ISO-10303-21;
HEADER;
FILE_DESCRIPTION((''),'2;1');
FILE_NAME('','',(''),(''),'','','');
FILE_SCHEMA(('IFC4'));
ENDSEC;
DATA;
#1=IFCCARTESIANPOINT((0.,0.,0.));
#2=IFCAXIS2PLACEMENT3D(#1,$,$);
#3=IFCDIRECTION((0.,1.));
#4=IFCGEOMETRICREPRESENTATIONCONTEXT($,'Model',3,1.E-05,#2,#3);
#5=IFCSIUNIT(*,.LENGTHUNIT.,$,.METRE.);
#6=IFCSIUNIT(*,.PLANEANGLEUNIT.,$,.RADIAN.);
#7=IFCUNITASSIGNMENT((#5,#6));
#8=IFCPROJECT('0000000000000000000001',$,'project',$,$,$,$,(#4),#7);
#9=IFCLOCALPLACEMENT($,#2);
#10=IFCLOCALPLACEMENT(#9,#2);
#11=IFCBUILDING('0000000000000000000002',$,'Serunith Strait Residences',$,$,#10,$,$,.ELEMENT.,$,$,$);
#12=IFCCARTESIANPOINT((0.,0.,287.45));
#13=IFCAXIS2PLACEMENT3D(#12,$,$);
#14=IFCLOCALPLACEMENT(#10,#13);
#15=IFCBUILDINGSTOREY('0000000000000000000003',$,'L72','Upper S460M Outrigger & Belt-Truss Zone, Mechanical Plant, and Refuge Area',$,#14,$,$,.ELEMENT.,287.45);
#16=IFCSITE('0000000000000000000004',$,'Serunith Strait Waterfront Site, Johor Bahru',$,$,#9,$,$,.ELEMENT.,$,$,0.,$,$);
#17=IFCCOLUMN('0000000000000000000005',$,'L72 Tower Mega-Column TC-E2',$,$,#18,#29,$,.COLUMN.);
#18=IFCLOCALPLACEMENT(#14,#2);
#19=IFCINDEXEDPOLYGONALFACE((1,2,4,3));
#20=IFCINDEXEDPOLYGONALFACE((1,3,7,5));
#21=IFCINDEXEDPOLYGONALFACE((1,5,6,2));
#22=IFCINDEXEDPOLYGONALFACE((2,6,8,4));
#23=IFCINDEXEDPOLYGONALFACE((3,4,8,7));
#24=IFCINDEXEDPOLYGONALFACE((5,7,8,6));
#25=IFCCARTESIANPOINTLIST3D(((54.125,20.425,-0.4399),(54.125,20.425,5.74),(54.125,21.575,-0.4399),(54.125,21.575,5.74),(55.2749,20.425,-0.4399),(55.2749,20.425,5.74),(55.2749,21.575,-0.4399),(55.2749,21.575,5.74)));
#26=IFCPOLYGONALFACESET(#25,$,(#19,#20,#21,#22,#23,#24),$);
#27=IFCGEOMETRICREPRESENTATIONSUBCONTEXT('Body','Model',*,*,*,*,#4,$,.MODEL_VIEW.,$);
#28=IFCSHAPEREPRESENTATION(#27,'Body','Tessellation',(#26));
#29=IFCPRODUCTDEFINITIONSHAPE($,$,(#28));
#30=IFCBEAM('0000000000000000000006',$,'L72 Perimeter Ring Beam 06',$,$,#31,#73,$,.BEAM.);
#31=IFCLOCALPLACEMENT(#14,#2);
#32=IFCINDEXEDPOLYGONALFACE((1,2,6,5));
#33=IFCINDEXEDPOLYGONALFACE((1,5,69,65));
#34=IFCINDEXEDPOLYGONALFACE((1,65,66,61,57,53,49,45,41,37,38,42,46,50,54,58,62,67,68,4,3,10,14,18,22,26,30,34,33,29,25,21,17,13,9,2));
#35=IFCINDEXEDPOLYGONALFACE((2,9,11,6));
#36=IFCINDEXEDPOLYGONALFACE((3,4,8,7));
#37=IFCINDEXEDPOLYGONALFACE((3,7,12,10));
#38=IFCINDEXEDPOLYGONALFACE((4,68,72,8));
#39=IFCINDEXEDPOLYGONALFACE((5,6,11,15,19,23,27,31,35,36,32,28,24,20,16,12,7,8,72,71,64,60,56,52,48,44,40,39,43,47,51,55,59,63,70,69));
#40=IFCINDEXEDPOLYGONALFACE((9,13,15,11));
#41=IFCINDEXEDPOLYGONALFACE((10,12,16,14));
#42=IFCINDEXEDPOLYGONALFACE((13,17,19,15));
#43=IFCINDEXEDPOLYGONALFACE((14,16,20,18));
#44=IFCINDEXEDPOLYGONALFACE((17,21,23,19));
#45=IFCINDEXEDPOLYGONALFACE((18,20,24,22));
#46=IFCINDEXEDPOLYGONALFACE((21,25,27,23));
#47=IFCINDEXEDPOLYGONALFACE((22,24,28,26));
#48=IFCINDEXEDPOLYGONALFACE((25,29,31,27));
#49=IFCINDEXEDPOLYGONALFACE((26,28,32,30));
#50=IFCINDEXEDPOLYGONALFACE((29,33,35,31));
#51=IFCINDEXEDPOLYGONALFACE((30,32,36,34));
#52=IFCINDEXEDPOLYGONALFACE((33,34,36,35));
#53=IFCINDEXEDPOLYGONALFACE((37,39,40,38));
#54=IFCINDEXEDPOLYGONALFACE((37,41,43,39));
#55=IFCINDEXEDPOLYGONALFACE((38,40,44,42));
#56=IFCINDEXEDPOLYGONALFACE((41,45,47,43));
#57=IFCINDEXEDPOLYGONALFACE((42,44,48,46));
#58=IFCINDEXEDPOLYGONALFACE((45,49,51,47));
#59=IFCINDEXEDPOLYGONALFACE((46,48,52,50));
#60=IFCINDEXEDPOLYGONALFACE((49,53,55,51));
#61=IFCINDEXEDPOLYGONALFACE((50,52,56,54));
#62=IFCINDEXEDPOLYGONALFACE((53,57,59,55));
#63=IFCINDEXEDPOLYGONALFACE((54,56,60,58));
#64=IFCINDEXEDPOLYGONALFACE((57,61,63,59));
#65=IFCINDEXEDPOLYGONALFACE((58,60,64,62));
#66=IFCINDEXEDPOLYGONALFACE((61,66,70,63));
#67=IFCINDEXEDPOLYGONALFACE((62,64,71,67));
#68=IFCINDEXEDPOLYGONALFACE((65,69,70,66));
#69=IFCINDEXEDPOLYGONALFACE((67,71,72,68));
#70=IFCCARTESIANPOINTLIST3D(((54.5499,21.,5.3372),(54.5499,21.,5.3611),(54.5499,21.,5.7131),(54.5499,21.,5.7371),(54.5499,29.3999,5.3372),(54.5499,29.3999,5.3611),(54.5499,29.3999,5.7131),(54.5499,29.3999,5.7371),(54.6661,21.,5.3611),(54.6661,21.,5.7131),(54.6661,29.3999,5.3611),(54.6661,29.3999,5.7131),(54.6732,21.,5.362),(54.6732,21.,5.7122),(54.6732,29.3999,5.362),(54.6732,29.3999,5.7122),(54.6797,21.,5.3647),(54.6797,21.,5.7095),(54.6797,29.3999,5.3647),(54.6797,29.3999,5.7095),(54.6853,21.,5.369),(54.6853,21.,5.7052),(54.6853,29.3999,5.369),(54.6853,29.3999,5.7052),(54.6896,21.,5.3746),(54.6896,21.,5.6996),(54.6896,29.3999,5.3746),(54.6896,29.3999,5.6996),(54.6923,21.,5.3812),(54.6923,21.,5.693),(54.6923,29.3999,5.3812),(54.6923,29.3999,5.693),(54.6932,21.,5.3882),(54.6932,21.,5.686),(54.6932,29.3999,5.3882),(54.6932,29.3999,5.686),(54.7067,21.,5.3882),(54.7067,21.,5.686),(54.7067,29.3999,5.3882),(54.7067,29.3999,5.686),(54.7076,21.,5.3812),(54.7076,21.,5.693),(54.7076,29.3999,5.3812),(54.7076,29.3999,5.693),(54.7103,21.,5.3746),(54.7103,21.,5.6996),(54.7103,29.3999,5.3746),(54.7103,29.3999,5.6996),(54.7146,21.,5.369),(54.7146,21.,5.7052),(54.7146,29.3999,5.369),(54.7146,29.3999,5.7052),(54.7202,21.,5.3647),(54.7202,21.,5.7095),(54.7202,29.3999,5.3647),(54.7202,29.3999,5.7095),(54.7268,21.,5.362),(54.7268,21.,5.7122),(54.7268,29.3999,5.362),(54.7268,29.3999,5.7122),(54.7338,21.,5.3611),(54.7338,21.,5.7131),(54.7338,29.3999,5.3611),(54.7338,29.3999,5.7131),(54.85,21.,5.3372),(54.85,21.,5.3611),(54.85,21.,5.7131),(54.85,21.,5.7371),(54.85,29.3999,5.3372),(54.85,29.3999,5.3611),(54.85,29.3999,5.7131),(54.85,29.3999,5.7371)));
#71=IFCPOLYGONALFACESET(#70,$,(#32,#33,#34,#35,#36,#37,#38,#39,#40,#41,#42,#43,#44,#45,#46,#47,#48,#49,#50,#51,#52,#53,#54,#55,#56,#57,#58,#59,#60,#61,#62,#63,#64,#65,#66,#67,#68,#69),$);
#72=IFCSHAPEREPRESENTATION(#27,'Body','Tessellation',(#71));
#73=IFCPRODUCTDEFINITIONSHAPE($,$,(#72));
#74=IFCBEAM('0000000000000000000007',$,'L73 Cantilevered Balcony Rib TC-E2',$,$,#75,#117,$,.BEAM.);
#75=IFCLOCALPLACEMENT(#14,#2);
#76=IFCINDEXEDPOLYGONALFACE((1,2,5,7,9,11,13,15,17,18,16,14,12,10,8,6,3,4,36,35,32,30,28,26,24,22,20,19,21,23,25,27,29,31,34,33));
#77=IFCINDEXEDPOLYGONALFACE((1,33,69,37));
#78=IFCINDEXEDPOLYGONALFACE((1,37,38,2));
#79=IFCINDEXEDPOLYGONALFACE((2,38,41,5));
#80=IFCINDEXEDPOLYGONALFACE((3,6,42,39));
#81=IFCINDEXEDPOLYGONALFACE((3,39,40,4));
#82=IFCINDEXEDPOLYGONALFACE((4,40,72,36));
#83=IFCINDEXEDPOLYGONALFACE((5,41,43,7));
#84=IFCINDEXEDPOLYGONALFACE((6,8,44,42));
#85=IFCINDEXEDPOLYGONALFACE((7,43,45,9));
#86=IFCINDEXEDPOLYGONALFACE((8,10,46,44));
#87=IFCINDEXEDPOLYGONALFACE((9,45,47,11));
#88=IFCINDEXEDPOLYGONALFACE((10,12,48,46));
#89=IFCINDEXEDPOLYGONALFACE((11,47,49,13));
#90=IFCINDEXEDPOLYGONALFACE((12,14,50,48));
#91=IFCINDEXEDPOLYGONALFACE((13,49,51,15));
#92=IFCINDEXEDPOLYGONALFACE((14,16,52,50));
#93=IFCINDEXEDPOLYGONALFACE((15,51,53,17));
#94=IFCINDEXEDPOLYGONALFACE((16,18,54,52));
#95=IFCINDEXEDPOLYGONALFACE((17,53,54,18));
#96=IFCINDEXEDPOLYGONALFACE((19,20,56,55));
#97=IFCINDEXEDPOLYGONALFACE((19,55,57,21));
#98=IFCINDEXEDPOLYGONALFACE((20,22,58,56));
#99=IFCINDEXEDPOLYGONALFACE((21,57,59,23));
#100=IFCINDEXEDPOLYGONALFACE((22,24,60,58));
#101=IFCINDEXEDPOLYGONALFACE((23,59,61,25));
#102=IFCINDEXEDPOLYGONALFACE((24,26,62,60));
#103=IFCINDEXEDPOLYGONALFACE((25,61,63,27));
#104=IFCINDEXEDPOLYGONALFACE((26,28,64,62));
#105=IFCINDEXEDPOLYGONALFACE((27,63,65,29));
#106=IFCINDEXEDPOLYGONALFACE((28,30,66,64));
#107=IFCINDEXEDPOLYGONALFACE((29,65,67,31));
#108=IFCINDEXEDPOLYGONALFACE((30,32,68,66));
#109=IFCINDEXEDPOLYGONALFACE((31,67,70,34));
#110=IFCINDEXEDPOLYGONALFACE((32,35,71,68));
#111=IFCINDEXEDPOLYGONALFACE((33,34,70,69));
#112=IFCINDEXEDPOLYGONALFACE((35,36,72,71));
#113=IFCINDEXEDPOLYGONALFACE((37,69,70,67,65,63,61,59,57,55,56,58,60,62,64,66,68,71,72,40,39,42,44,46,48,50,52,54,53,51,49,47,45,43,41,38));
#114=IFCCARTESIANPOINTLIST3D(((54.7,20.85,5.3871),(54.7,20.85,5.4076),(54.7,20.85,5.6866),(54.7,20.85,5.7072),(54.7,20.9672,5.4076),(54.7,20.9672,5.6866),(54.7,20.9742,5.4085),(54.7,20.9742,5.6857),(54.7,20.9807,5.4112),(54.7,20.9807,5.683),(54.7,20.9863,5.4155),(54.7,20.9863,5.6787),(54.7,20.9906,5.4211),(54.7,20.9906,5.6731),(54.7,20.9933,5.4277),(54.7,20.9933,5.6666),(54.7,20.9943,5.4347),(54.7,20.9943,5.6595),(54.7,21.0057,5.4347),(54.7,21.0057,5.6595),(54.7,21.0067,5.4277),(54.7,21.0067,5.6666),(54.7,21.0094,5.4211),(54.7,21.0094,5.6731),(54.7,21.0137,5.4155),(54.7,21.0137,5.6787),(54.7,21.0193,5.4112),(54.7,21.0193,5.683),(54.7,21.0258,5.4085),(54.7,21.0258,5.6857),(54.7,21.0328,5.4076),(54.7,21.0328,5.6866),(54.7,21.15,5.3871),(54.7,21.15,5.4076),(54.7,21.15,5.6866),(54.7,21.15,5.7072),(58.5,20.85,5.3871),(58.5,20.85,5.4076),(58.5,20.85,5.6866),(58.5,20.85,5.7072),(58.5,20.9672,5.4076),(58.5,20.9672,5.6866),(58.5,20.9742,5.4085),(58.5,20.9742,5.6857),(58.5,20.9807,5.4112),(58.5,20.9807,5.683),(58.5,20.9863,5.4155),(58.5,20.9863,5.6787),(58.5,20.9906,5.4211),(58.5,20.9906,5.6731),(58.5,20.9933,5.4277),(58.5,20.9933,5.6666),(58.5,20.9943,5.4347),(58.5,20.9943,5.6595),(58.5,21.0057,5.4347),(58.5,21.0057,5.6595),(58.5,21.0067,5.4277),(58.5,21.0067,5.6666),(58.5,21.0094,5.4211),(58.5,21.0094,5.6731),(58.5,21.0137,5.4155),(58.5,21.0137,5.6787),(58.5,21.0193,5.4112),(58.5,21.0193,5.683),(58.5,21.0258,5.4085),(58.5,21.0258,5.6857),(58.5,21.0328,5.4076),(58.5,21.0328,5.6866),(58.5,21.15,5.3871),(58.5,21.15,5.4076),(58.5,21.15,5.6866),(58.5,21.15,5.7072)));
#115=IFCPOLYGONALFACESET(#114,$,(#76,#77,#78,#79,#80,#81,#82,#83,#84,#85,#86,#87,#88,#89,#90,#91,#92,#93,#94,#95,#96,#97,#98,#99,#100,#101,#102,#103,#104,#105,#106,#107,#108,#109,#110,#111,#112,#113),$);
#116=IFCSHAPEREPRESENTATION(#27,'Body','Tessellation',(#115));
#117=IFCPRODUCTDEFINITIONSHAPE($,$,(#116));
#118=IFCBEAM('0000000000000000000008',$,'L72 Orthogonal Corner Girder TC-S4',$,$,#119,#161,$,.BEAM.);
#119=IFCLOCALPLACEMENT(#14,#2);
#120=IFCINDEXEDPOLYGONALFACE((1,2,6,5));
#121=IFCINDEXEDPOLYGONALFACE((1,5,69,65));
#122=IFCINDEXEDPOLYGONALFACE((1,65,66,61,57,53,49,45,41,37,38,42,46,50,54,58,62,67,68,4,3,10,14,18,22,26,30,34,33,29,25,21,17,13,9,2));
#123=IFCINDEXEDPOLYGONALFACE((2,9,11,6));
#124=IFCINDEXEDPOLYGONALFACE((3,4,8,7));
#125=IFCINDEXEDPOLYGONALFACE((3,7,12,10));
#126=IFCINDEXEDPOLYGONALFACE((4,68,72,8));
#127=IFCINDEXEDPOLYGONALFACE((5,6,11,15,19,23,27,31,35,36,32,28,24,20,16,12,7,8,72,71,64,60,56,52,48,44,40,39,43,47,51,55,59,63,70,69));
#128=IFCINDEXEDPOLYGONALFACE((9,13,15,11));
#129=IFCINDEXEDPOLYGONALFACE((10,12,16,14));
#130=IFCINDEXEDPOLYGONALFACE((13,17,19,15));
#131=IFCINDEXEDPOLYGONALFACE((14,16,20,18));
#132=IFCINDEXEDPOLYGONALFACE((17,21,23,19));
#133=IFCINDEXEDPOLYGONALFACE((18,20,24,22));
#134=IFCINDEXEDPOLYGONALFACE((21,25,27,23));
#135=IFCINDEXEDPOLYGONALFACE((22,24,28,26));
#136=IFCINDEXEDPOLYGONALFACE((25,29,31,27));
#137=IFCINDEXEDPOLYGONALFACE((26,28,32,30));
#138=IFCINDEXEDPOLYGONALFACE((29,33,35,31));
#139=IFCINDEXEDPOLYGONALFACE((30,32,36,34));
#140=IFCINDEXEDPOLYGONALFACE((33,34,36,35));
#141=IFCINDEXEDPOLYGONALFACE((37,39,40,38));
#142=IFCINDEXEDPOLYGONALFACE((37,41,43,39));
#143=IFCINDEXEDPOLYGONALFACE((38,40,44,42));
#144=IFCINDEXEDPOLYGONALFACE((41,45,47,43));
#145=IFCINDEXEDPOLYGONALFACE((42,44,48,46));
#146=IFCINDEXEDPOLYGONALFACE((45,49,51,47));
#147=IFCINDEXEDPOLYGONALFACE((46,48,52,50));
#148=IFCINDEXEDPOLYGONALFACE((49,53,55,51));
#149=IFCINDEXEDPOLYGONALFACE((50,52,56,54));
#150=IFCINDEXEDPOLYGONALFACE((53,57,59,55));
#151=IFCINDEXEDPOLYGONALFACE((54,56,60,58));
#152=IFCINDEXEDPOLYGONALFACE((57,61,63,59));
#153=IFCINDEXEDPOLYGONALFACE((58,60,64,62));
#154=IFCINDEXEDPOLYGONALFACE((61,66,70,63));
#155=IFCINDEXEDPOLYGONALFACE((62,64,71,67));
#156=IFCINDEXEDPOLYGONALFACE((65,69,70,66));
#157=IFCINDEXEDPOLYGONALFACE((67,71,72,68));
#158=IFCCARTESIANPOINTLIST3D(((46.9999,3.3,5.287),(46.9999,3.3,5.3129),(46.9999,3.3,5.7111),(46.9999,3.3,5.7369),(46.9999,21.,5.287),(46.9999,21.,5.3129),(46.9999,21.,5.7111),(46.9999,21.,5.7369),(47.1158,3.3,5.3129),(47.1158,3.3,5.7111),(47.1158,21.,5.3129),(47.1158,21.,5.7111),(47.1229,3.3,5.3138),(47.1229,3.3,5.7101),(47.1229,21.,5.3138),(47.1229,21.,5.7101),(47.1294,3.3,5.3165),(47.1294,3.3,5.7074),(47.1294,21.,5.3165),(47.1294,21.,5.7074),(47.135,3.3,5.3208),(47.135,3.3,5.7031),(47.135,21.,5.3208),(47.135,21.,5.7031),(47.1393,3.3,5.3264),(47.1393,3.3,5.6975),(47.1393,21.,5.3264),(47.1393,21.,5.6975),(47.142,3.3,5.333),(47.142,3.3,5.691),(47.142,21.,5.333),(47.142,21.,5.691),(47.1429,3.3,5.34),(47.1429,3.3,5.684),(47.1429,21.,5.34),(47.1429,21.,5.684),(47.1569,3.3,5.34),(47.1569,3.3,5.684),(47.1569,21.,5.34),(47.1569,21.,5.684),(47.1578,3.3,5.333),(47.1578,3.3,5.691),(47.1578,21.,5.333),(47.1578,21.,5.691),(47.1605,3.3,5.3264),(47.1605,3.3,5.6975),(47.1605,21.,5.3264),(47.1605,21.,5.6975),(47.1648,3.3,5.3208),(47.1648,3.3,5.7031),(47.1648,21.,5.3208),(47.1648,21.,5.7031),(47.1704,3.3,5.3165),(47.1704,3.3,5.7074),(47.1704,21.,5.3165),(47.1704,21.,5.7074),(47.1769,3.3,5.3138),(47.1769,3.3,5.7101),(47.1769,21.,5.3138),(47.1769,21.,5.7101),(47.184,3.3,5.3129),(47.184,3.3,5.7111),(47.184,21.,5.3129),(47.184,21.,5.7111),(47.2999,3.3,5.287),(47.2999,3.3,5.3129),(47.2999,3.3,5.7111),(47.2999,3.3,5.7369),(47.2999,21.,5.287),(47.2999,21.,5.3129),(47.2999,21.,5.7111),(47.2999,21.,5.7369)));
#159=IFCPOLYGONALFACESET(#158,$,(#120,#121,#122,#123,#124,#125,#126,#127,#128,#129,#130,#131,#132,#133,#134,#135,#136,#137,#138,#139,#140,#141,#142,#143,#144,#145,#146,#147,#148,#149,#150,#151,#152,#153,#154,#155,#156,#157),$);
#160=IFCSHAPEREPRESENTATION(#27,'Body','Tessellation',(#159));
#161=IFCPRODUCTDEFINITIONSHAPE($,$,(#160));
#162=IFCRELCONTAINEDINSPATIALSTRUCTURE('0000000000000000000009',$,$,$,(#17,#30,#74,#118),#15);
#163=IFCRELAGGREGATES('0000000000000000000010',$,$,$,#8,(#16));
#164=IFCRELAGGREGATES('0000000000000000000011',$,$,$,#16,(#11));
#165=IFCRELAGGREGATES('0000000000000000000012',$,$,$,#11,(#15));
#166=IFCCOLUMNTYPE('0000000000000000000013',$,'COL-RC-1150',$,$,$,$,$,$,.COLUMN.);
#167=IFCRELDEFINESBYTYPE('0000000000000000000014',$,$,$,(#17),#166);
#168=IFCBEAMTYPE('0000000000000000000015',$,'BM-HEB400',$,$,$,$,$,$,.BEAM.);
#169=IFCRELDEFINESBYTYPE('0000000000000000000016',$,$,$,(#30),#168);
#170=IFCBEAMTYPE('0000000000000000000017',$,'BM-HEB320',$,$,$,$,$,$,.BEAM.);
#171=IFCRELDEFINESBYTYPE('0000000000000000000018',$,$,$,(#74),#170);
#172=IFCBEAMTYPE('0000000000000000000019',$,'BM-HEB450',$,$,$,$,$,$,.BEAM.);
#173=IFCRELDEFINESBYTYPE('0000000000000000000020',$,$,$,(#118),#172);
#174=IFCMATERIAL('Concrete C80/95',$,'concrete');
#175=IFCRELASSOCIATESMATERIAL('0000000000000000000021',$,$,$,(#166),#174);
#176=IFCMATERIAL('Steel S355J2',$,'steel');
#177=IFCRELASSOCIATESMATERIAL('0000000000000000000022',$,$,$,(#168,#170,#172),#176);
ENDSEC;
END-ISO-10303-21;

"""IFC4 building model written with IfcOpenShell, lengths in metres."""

from ifc_helpers import new_model, si_unit, direction, frame, origin, origin_2d, place, context, subcontext, project, spatial, rectangle, i_section, extrude, source, transform, mapped, material, material_profile, profile_set, type_object, element, save


model = new_model("IFC4")

# Units and contexts
model_context = context("Model", 3, precision=1e-05, world=origin(), true_north=direction((0.0, 1.0)))
body_context = subcontext(model_context, "Body", "Model", "MODEL_VIEW")
ifc_project = project(units=[si_unit("LENGTHUNIT", "METRE"), si_unit("PLANEANGLEUNIT", "RADIAN")], contexts=[model_context])

# Site, building, storey
site_placement = place(None, origin())
site = spatial("IfcSite", under=ifc_project, at=site_placement, Name="Serunith Strait Waterfront Site, Johor Bahru", CompositionType="ELEMENT", RefElevation=0.0)
building_placement = place(site_placement, origin())
building = spatial("IfcBuilding", under=site, at=building_placement, Name="Serunith Strait Residences", CompositionType="ELEMENT")
storey_placement = place(building_placement, frame((0.0, 0.0, 287.45)))
storey = spatial("IfcBuildingStorey", under=building, at=storey_placement, Name="L72", Description="Upper S460M Outrigger & Belt-Truss Zone, Mechanical Plant, and Refuge Area", CompositionType="ELEMENT", Elevation=287.45)

# Column
ifc_material_1 = material(Name="Concrete C80/95", Category="concrete")
ifc_material_profile_1 = material_profile(ifc_material_1, rectangle(XDim=1.1499, YDim=1.1499, at=origin_2d()), Name="RC 1150x1150")
ifc_profile_set_1 = profile_set([ifc_material_profile_1], Name="Concrete C80/95")
column_type = type_object("IfcColumnType", Name="COL-RC-1150", PredefinedType="COLUMN", material=ifc_profile_set_1)
shared_shape_1 = source(origin(), body_context, "Body", "SweptSolid", [
    extrude(rectangle(XDim=1.1499, YDim=1.1499, at=origin_2d()), origin(), (0.0, 0.0, 1.0), 6.1799),
])
column_placement = place(storey_placement, frame((54.7, 21.0, -0.4399), z_axis=(0.0, 0.0, 1.0), x_axis=(1.0, 0.0, 0.0)))
element("IfcColumn", 1, at=column_placement, inside=storey, type_object=column_type, Name="L72 Tower Mega-Column TC-E2", PredefinedType="COLUMN", context=body_context, shape_type="MappedRepresentation", body=[
    mapped(shared_shape_1, transform((0.0, 0.0, 0.0), scale=1.0)),
])

# Beams
ifc_material_2 = material(Name="Steel S355J2", Category="steel")
ifc_material_profile_2 = material_profile(ifc_material_2, i_section(OverallWidth=0.3, OverallDepth=0.3999, WebThickness=0.0134, FlangeThickness=0.0239, FilletRadius=0.0271, at=origin_2d()), Name="HEB 400")
ifc_profile_set_2 = profile_set([ifc_material_profile_2], Name="Steel S355J2")
beam_type_1 = type_object("IfcBeamType", Name="BM-HEB400", PredefinedType="BEAM", material=ifc_profile_set_2)
shared_shape_2 = source(origin(), body_context, "Body", "SweptSolid", [
    extrude(i_section(OverallWidth=0.3, OverallDepth=0.3999, WebThickness=0.0134, FlangeThickness=0.0239, FilletRadius=0.0271, at=origin_2d()), origin(), (0.0, 0.0, 1.0), 8.3999),
])
beam_1_placement = place(storey_placement, frame((54.7, 21.0, 5.5371), z_axis=(0.0, 1.0, 0.0), x_axis=(-1.0, 0.0, 0.0)))
element("IfcBeam", 2, at=beam_1_placement, inside=storey, type_object=beam_type_1, Name="L72 Perimeter Ring Beam 06", PredefinedType="BEAM", context=body_context, shape_type="MappedRepresentation", body=[
    mapped(shared_shape_2, transform((0.0, 0.0, 0.0), scale=1.0)),
])
ifc_material_profile_3 = material_profile(ifc_material_2, i_section(OverallWidth=0.3, OverallDepth=0.3201, WebThickness=0.0115, FlangeThickness=0.0205, FilletRadius=0.0271, at=origin_2d()), Name="HEB 320")
ifc_profile_set_3 = profile_set([ifc_material_profile_3], Name="Steel S355J2")
beam_type_2 = type_object("IfcBeamType", Name="BM-HEB320", PredefinedType="BEAM", material=ifc_profile_set_3)
shared_shape_3 = source(origin(), body_context, "Body", "SweptSolid", [
    extrude(i_section(OverallWidth=0.3, OverallDepth=0.3201, WebThickness=0.0115, FlangeThickness=0.0205, FilletRadius=0.0271, at=origin_2d()), origin(), (0.0, 0.0, 1.0), 3.8),
])
beam_2_placement = place(storey_placement, frame((54.7, 21.0, 5.5471), z_axis=(1.0, 0.0, 0.0), x_axis=(0.0, 1.0, 0.0)))
element("IfcBeam", 3, at=beam_2_placement, inside=storey, type_object=beam_type_2, Name="L73 Cantilevered Balcony Rib TC-E2", PredefinedType="BEAM", context=body_context, shape_type="MappedRepresentation", body=[
    mapped(shared_shape_3, transform((0.0, 0.0, 0.0), scale=1.0)),
])
ifc_material_profile_4 = material_profile(ifc_material_2, i_section(OverallWidth=0.3, OverallDepth=0.45, WebThickness=0.0139, FlangeThickness=0.0259, FilletRadius=0.0271, at=origin_2d()), Name="HEB 450")
ifc_profile_set_4 = profile_set([ifc_material_profile_4], Name="Steel S355J2")
beam_type_3 = type_object("IfcBeamType", Name="BM-HEB450", PredefinedType="BEAM", material=ifc_profile_set_4)
shared_shape_4 = source(origin(), body_context, "Body", "SweptSolid", [
    extrude(i_section(OverallWidth=0.3, OverallDepth=0.45, WebThickness=0.0139, FlangeThickness=0.0259, FilletRadius=0.0271, at=origin_2d()), origin(), (0.0, 0.0, 1.0), 17.7),
])
beam_3_placement = place(storey_placement, frame((47.1499, 21.0, 5.512), z_axis=(0.0, -1.0, 0.0), x_axis=(1.0, 0.0, 0.0)))
element("IfcBeam", 4, at=beam_3_placement, inside=storey, type_object=beam_type_3, Name="L72 Orthogonal Corner Girder TC-S4", PredefinedType="BEAM", context=body_context, shape_type="MappedRepresentation", body=[
    mapped(shared_shape_4, transform((0.0, 0.0, 0.0), scale=1.0)),
])

save(model, "model.ifc")
